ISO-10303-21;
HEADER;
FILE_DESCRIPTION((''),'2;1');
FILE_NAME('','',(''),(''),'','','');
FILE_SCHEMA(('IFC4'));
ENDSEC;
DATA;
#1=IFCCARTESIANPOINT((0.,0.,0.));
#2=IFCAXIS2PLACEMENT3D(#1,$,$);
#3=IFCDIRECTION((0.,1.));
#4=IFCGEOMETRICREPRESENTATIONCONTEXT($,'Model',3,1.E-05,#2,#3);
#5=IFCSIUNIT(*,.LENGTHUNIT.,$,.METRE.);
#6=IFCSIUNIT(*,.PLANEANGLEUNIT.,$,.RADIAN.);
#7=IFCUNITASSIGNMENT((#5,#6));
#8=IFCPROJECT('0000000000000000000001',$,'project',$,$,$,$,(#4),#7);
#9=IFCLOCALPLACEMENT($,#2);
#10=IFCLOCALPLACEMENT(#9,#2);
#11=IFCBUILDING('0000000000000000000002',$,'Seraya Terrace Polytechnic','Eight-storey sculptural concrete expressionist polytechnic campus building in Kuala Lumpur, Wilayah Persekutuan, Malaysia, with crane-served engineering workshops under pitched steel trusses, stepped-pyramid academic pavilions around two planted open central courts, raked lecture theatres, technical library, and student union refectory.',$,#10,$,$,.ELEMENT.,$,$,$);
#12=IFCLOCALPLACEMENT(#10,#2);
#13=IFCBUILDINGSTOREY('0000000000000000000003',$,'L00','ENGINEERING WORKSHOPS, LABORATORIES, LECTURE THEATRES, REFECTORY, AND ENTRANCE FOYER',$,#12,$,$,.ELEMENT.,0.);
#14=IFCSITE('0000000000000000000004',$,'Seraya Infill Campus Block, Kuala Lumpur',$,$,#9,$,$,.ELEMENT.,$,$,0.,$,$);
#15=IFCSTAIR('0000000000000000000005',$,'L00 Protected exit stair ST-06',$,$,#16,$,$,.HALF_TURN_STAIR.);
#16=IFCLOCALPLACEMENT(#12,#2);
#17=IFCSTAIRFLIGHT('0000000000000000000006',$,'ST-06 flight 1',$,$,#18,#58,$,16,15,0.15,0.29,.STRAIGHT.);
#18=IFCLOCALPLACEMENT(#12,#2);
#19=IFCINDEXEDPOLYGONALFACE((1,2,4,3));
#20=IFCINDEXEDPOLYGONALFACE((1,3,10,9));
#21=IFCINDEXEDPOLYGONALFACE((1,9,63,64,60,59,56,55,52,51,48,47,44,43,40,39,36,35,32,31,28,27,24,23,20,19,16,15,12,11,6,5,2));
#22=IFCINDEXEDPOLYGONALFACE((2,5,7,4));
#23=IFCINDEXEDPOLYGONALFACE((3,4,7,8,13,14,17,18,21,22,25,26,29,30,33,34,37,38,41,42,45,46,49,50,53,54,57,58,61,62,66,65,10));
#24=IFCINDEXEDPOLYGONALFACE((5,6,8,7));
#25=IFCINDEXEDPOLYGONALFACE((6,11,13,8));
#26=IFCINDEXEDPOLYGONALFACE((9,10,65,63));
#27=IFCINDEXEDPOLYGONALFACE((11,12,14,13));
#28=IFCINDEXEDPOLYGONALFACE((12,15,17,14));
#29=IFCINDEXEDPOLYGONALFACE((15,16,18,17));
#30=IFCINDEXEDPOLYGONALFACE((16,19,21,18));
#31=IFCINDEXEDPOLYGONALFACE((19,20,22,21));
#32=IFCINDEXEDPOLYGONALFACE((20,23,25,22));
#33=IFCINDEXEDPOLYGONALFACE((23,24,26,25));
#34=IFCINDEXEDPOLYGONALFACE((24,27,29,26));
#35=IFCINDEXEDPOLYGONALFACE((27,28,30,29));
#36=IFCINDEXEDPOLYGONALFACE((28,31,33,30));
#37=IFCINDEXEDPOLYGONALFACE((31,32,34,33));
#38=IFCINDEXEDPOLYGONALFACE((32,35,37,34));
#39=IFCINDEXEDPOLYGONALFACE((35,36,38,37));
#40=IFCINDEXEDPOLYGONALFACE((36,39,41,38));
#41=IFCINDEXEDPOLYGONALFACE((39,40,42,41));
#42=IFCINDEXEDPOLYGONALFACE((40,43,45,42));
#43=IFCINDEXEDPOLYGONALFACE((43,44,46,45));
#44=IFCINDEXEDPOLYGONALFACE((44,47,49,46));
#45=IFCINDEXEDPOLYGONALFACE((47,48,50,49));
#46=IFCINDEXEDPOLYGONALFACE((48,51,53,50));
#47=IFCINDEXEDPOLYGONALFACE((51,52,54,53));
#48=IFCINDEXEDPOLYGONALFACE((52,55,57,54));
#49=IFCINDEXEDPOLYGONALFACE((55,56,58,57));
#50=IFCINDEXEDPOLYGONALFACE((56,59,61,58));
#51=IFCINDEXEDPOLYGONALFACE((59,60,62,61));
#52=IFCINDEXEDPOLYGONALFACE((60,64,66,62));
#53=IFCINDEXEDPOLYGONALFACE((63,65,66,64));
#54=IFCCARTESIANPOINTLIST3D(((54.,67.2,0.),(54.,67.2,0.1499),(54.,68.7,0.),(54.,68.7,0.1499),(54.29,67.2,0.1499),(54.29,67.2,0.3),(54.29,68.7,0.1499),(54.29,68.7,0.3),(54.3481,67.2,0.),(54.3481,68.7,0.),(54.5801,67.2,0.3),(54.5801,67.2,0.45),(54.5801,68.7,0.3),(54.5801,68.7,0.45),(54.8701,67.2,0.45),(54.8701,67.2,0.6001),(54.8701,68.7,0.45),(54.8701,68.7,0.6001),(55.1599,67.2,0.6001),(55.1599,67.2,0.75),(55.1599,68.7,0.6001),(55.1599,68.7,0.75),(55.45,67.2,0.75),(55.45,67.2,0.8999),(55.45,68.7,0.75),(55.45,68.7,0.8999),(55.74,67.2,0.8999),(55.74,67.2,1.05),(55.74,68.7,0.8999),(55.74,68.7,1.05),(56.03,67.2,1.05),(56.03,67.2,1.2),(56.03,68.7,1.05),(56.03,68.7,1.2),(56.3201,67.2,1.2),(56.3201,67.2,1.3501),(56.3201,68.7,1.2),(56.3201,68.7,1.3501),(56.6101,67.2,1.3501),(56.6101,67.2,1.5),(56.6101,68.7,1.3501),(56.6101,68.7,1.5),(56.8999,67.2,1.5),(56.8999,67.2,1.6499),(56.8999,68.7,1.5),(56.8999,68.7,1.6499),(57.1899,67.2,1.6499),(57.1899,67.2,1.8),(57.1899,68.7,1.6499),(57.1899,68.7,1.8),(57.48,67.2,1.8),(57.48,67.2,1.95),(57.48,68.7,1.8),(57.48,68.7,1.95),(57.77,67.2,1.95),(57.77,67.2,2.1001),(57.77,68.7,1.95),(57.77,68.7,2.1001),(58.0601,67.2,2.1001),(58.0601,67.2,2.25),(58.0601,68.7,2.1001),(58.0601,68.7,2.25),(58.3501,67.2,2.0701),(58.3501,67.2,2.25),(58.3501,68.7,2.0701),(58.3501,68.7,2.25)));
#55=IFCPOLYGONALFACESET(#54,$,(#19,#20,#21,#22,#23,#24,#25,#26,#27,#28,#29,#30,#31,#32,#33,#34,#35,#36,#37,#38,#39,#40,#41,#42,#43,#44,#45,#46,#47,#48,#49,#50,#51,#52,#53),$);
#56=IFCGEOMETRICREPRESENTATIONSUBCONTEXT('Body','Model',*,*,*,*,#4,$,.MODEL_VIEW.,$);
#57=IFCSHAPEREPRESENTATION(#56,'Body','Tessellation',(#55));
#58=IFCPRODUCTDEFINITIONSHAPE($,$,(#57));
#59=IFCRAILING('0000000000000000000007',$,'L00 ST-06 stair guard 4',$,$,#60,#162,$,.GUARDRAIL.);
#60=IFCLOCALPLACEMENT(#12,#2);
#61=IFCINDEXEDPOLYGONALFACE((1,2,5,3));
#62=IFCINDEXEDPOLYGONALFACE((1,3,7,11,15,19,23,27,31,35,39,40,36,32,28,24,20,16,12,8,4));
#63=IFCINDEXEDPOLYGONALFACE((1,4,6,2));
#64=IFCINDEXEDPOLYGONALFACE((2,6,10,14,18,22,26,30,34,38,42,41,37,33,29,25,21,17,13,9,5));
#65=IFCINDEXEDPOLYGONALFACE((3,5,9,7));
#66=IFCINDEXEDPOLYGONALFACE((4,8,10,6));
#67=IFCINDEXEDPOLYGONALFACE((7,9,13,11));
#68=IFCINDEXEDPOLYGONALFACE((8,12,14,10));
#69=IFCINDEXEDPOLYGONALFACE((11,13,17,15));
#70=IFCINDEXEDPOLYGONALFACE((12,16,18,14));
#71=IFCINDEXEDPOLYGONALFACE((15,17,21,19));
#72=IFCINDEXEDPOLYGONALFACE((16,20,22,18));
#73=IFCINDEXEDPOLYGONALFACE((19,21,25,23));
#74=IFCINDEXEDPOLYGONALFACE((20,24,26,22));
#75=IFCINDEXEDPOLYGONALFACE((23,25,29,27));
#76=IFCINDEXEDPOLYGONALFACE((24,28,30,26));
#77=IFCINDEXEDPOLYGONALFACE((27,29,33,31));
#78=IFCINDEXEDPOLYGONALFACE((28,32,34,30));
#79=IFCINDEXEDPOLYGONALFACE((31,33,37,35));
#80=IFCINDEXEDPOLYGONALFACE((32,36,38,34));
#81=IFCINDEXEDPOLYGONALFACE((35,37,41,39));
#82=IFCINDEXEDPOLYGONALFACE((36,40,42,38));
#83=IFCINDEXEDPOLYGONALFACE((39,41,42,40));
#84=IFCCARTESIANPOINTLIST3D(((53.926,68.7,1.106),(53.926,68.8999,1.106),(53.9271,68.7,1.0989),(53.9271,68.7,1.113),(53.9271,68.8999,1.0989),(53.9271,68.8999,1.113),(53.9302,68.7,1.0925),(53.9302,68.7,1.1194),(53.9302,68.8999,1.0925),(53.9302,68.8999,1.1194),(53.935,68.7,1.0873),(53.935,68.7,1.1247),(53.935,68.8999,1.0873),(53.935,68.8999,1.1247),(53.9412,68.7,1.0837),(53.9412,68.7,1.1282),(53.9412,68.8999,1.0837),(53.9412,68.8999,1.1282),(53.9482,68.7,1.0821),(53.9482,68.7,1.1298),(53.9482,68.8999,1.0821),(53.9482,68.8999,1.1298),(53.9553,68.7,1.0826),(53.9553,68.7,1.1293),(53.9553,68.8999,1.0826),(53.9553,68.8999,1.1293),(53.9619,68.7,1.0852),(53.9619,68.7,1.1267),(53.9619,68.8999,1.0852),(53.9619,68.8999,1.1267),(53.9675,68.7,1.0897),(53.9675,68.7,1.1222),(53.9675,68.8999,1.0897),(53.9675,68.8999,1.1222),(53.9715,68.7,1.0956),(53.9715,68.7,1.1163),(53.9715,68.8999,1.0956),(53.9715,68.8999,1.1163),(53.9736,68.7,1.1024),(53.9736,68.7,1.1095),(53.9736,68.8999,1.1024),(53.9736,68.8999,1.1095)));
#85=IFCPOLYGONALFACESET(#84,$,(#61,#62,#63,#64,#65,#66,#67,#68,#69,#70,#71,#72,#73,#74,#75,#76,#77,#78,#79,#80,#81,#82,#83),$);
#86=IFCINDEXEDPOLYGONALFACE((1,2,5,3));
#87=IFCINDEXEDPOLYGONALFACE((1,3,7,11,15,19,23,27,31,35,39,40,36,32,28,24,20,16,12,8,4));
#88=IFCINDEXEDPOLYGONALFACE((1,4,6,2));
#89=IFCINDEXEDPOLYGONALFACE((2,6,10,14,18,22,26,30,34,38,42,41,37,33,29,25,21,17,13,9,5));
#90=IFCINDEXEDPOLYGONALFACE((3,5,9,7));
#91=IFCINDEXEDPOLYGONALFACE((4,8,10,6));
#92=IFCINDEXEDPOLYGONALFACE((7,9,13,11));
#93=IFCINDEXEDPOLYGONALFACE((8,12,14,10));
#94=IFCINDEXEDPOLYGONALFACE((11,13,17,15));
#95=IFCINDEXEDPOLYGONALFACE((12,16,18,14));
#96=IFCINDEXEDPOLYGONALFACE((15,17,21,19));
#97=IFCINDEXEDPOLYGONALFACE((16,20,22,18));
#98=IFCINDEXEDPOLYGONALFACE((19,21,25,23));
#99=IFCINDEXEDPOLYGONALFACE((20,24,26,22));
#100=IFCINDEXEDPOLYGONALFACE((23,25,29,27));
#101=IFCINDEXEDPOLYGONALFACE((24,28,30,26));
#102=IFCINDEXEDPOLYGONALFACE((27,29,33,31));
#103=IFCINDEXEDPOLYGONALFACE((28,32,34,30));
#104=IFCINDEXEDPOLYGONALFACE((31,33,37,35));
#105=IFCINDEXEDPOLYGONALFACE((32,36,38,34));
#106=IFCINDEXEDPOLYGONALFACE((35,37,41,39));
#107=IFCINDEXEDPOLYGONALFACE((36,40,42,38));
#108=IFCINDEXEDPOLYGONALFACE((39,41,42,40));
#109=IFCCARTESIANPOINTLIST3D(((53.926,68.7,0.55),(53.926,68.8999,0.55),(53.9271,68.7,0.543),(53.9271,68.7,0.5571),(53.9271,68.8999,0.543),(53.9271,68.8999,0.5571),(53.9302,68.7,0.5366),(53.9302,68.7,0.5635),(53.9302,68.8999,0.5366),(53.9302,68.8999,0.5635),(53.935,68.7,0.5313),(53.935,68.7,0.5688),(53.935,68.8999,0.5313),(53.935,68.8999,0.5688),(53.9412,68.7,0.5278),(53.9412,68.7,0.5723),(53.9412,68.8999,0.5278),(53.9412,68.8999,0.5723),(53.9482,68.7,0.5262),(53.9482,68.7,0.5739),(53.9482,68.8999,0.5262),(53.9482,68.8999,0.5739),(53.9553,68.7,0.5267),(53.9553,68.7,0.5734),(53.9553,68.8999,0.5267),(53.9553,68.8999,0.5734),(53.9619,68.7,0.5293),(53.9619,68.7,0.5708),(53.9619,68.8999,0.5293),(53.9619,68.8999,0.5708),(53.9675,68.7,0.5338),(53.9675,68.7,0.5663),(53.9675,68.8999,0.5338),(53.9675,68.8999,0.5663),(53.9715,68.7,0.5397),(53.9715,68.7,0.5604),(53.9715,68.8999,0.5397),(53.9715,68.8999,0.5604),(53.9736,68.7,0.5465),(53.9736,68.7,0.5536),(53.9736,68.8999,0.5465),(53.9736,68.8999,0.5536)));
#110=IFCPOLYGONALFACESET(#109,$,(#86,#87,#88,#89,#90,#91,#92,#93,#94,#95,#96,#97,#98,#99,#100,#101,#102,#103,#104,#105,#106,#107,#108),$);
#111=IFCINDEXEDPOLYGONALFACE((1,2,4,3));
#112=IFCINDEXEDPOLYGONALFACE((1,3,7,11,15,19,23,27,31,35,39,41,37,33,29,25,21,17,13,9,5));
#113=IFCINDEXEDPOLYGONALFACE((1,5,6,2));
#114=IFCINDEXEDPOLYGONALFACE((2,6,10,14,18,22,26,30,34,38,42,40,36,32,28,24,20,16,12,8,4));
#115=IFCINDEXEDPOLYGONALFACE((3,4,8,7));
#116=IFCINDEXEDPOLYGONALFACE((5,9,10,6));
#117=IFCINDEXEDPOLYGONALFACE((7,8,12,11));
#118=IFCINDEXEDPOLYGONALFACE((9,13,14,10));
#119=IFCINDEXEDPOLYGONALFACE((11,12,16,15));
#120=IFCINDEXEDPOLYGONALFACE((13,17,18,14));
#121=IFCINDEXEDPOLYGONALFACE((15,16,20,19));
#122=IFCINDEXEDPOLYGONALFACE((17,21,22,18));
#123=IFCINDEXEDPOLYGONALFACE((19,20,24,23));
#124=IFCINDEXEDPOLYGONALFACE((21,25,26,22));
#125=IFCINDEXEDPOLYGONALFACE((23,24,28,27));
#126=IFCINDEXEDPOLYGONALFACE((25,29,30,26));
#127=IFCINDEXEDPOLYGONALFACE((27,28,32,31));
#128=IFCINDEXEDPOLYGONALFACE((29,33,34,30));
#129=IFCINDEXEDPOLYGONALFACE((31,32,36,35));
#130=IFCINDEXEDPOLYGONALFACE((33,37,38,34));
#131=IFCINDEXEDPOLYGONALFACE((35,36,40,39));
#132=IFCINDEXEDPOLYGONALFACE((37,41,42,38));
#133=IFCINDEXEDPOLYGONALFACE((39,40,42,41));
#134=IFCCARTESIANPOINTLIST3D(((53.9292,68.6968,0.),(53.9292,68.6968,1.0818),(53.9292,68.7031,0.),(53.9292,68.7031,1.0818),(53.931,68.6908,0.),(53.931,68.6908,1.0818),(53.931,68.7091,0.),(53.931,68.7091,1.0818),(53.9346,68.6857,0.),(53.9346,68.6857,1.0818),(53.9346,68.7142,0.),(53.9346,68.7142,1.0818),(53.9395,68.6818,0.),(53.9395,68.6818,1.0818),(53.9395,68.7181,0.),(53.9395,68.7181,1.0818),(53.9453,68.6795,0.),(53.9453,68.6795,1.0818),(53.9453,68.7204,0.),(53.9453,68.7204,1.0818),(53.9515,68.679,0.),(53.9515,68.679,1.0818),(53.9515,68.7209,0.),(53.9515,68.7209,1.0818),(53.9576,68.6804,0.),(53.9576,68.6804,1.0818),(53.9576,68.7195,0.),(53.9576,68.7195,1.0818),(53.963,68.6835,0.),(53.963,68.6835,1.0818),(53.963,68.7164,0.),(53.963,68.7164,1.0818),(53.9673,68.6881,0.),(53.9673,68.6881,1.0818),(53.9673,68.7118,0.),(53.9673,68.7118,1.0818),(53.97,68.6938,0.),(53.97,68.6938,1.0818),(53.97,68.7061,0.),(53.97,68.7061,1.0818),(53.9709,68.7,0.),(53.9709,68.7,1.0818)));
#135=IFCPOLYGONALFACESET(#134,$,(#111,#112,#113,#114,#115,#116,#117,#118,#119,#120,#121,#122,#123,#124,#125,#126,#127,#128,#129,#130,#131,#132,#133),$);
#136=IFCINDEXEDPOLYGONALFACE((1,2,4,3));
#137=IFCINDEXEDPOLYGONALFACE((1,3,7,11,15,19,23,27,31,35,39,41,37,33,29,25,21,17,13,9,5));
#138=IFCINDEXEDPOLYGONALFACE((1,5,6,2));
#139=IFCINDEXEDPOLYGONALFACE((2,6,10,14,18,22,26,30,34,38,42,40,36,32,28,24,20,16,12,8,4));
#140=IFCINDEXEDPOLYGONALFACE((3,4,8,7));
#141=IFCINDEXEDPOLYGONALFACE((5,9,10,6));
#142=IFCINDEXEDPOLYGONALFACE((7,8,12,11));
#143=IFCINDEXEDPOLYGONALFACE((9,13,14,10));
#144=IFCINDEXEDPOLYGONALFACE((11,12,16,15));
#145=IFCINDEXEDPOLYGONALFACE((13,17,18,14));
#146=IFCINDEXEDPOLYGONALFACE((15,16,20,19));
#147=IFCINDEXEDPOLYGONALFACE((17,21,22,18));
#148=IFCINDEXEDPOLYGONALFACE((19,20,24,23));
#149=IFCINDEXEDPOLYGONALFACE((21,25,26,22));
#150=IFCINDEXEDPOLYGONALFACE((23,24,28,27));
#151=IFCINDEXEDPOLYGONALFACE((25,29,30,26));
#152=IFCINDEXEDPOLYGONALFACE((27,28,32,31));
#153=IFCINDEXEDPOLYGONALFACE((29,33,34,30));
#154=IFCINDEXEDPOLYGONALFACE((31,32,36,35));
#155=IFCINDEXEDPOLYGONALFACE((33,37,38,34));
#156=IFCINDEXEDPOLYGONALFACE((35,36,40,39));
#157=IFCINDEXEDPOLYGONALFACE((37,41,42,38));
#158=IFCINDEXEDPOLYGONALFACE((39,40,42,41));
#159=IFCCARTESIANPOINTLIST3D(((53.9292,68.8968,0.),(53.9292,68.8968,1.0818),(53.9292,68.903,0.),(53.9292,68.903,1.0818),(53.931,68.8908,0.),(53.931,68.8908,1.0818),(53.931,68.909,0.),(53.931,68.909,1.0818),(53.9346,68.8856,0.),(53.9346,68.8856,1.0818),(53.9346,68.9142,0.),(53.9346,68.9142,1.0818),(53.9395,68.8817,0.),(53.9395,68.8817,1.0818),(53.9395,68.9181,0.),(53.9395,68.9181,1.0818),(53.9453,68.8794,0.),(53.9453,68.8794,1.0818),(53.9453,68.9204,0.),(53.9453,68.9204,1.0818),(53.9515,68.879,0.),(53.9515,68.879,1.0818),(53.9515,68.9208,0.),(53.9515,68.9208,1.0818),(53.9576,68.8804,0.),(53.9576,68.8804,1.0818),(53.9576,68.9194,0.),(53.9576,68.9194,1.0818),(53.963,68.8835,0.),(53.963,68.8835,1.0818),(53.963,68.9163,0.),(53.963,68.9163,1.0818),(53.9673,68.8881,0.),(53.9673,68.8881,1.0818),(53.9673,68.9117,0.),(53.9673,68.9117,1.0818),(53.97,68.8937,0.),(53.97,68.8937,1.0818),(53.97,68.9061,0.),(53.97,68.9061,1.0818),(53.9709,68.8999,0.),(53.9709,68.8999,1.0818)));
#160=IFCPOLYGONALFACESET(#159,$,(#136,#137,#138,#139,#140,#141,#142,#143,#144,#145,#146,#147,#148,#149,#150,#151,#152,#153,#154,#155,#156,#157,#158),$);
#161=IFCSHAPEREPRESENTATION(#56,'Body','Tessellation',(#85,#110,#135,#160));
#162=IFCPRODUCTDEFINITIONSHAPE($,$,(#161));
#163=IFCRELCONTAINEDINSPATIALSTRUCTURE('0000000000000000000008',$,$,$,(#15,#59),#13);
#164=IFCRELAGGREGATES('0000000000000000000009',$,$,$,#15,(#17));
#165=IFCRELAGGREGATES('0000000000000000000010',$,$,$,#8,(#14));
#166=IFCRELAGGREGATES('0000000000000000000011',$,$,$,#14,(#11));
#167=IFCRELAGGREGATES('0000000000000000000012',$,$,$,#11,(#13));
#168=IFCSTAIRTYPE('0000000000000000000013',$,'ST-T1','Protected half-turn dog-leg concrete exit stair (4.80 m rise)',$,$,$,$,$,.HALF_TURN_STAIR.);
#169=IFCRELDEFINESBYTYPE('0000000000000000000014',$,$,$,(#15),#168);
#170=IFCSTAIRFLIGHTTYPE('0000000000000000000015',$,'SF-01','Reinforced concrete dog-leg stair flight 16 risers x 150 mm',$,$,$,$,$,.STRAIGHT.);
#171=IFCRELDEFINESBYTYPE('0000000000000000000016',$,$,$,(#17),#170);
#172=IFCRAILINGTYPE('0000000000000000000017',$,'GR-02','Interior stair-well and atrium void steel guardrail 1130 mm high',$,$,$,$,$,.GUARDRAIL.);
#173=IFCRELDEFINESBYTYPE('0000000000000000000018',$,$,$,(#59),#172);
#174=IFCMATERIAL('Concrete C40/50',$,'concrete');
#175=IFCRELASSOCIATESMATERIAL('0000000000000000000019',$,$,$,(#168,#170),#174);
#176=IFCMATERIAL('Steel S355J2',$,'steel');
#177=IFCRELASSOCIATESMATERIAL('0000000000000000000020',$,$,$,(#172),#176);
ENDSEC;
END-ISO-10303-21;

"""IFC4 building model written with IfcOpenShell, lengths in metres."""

from ifc_helpers import new_model, si_unit, direction, frame, origin, origin_2d, place, context, subcontext, project, spatial, polyline, circle, outline, extrude, material, type_object, element, aggregate, save


model = new_model("IFC4")

# Units and contexts
model_context = context("Model", 3, precision=1e-05, world=origin(), true_north=direction((0.0, 1.0)))
body_context = subcontext(model_context, "Body", "Model", "MODEL_VIEW")
ifc_project = project(units=[si_unit("LENGTHUNIT", "METRE"), si_unit("PLANEANGLEUNIT", "RADIAN")], contexts=[model_context])

# Site, building, storey
site_placement = place(None, origin())
site = spatial("IfcSite", under=ifc_project, at=site_placement, Name="Seraya Infill Campus Block, Kuala Lumpur", CompositionType="ELEMENT", RefElevation=0.0)
building_placement = place(site_placement, origin())
building = spatial("IfcBuilding", under=site, at=building_placement, Name="Seraya Terrace Polytechnic", Description="Eight-storey sculptural concrete expressionist polytechnic campus building in Kuala Lumpur, Wilayah Persekutuan, Malaysia, with crane-served engineering workshops under pitched steel trusses, stepped-pyramid academic pavilions around two planted open central courts, raked lecture theatres, technical library, and student union refectory.", CompositionType="ELEMENT")
storey_placement = place(building_placement, origin())
storey = spatial("IfcBuildingStorey", under=building, at=storey_placement, Name="L00", Description="ENGINEERING WORKSHOPS, LABORATORIES, LECTURE THEATRES, REFECTORY, AND ENTRANCE FOYER", CompositionType="ELEMENT", Elevation=0.0)

# Shared definitions
ifc_material_1 = material(Name="Concrete C40/50", Category="concrete")

# Shared definitions
ifc_material_2 = material(Name="Steel S355J2", Category="steel")

# Stair, stair flight
stair_type = type_object("IfcStairType", Name="ST-T1", Description="Protected half-turn dog-leg concrete exit stair (4.80 m rise)", PredefinedType="HALF_TURN_STAIR", material=ifc_material_1)
stair_placement = place(storey_placement, origin())
stair = element("IfcStair", 1, at=stair_placement, inside=storey, type_object=stair_type, Name="L00 Protected exit stair ST-06", PredefinedType="HALF_TURN_STAIR")
stair_flight_type = type_object("IfcStairFlightType", Name="SF-01", Description="Reinforced concrete dog-leg stair flight 16 risers x 150 mm", PredefinedType="STRAIGHT", material=ifc_material_1)
stair_flight_placement = place(storey_placement, frame((54.0, 67.95, 0.0), z_axis=(0.0, 0.0, 1.0), x_axis=(1.0, 0.0, 0.0)))
stair_flight = element("IfcStairFlight", 2, at=stair_flight_placement, type_object=stair_flight_type, Name="ST-06 flight 1", NumberOfRisers=16, NumberOfTreads=15, PredefinedType="STRAIGHT", RiserHeight=0.15, TreadLength=0.29, context=body_context, shape_type="SweptSolid", body=[
    extrude(outline(polyline([(0.0, 0.0), (0.0, 0.1499), (0.29, 0.1499), (0.29, 0.3), (0.5801, 0.3), (0.5801, 0.45), (0.8701, 0.45), (0.8701, 0.6001), (1.1599, 0.6001), (1.1599, 0.75), (1.45, 0.75), (1.45, 0.8999), (1.74, 0.8999), (1.74, 1.05), (2.03, 1.05), (2.03, 1.2), (2.3201, 1.2), (2.3201, 1.3501), (2.6101, 1.3501), (2.6101, 1.5), (2.8999, 1.5), (2.8999, 1.6499), (3.1899, 1.6499), (3.1899, 1.8), (3.48, 1.8), (3.48, 1.95), (3.77, 1.95), (3.77, 2.1001), (4.0601, 2.1001), (4.0601, 2.25), (4.3501, 2.25), (4.3501, 2.3999), (4.3501, 2.0701), (0.3481, 0.0), (0.0, 0.0)])), frame((0.0, 0.75, 0.0), z_axis=(0.0, -1.0, 0.0), x_axis=(1.0, 0.0, 0.0)), (0.0, 0.0, 1.0), 1.5),
])
aggregate(stair, [stair_flight])

# Railing
railing_type_1 = type_object("IfcRailingType", Name="GR-02", Description="Interior stair-well and atrium void steel guardrail 1130 mm high", PredefinedType="GUARDRAIL", material=ifc_material_2)
railing_1_placement = place(storey_placement, frame((53.95, 68.7, 0.0)))
element("IfcRailing", 3, at=railing_1_placement, inside=storey, type_object=railing_type_1, Name="L00 ST-06 stair guard 4", PredefinedType="GUARDRAIL", context=body_context, shape_type="SweptSolid", body=[
    extrude(circle(Radius=0.0239, at=origin_2d()), frame((0.0, 0.0, 1.106), z_axis=(0.0, 1.0, 0.0), x_axis=(-1.0, 0.0, 0.0)), (0.0, 0.0, 1.0), 0.2),
    extrude(circle(Radius=0.0239, at=origin_2d()), frame((0.0, 0.0, 0.55), z_axis=(0.0, 1.0, 0.0), x_axis=(-1.0, 0.0, 0.0)), (0.0, 0.0, 1.0), 0.2),
    extrude(circle(Radius=0.021, at=origin_2d()), origin(), (0.0, 0.0, 1.0), 1.0818),
    extrude(circle(Radius=0.021, at=origin_2d()), frame((0.0, 0.2, 0.0)), (0.0, 0.0, 1.0), 1.0818),
])

save(model, "model.ifc")
